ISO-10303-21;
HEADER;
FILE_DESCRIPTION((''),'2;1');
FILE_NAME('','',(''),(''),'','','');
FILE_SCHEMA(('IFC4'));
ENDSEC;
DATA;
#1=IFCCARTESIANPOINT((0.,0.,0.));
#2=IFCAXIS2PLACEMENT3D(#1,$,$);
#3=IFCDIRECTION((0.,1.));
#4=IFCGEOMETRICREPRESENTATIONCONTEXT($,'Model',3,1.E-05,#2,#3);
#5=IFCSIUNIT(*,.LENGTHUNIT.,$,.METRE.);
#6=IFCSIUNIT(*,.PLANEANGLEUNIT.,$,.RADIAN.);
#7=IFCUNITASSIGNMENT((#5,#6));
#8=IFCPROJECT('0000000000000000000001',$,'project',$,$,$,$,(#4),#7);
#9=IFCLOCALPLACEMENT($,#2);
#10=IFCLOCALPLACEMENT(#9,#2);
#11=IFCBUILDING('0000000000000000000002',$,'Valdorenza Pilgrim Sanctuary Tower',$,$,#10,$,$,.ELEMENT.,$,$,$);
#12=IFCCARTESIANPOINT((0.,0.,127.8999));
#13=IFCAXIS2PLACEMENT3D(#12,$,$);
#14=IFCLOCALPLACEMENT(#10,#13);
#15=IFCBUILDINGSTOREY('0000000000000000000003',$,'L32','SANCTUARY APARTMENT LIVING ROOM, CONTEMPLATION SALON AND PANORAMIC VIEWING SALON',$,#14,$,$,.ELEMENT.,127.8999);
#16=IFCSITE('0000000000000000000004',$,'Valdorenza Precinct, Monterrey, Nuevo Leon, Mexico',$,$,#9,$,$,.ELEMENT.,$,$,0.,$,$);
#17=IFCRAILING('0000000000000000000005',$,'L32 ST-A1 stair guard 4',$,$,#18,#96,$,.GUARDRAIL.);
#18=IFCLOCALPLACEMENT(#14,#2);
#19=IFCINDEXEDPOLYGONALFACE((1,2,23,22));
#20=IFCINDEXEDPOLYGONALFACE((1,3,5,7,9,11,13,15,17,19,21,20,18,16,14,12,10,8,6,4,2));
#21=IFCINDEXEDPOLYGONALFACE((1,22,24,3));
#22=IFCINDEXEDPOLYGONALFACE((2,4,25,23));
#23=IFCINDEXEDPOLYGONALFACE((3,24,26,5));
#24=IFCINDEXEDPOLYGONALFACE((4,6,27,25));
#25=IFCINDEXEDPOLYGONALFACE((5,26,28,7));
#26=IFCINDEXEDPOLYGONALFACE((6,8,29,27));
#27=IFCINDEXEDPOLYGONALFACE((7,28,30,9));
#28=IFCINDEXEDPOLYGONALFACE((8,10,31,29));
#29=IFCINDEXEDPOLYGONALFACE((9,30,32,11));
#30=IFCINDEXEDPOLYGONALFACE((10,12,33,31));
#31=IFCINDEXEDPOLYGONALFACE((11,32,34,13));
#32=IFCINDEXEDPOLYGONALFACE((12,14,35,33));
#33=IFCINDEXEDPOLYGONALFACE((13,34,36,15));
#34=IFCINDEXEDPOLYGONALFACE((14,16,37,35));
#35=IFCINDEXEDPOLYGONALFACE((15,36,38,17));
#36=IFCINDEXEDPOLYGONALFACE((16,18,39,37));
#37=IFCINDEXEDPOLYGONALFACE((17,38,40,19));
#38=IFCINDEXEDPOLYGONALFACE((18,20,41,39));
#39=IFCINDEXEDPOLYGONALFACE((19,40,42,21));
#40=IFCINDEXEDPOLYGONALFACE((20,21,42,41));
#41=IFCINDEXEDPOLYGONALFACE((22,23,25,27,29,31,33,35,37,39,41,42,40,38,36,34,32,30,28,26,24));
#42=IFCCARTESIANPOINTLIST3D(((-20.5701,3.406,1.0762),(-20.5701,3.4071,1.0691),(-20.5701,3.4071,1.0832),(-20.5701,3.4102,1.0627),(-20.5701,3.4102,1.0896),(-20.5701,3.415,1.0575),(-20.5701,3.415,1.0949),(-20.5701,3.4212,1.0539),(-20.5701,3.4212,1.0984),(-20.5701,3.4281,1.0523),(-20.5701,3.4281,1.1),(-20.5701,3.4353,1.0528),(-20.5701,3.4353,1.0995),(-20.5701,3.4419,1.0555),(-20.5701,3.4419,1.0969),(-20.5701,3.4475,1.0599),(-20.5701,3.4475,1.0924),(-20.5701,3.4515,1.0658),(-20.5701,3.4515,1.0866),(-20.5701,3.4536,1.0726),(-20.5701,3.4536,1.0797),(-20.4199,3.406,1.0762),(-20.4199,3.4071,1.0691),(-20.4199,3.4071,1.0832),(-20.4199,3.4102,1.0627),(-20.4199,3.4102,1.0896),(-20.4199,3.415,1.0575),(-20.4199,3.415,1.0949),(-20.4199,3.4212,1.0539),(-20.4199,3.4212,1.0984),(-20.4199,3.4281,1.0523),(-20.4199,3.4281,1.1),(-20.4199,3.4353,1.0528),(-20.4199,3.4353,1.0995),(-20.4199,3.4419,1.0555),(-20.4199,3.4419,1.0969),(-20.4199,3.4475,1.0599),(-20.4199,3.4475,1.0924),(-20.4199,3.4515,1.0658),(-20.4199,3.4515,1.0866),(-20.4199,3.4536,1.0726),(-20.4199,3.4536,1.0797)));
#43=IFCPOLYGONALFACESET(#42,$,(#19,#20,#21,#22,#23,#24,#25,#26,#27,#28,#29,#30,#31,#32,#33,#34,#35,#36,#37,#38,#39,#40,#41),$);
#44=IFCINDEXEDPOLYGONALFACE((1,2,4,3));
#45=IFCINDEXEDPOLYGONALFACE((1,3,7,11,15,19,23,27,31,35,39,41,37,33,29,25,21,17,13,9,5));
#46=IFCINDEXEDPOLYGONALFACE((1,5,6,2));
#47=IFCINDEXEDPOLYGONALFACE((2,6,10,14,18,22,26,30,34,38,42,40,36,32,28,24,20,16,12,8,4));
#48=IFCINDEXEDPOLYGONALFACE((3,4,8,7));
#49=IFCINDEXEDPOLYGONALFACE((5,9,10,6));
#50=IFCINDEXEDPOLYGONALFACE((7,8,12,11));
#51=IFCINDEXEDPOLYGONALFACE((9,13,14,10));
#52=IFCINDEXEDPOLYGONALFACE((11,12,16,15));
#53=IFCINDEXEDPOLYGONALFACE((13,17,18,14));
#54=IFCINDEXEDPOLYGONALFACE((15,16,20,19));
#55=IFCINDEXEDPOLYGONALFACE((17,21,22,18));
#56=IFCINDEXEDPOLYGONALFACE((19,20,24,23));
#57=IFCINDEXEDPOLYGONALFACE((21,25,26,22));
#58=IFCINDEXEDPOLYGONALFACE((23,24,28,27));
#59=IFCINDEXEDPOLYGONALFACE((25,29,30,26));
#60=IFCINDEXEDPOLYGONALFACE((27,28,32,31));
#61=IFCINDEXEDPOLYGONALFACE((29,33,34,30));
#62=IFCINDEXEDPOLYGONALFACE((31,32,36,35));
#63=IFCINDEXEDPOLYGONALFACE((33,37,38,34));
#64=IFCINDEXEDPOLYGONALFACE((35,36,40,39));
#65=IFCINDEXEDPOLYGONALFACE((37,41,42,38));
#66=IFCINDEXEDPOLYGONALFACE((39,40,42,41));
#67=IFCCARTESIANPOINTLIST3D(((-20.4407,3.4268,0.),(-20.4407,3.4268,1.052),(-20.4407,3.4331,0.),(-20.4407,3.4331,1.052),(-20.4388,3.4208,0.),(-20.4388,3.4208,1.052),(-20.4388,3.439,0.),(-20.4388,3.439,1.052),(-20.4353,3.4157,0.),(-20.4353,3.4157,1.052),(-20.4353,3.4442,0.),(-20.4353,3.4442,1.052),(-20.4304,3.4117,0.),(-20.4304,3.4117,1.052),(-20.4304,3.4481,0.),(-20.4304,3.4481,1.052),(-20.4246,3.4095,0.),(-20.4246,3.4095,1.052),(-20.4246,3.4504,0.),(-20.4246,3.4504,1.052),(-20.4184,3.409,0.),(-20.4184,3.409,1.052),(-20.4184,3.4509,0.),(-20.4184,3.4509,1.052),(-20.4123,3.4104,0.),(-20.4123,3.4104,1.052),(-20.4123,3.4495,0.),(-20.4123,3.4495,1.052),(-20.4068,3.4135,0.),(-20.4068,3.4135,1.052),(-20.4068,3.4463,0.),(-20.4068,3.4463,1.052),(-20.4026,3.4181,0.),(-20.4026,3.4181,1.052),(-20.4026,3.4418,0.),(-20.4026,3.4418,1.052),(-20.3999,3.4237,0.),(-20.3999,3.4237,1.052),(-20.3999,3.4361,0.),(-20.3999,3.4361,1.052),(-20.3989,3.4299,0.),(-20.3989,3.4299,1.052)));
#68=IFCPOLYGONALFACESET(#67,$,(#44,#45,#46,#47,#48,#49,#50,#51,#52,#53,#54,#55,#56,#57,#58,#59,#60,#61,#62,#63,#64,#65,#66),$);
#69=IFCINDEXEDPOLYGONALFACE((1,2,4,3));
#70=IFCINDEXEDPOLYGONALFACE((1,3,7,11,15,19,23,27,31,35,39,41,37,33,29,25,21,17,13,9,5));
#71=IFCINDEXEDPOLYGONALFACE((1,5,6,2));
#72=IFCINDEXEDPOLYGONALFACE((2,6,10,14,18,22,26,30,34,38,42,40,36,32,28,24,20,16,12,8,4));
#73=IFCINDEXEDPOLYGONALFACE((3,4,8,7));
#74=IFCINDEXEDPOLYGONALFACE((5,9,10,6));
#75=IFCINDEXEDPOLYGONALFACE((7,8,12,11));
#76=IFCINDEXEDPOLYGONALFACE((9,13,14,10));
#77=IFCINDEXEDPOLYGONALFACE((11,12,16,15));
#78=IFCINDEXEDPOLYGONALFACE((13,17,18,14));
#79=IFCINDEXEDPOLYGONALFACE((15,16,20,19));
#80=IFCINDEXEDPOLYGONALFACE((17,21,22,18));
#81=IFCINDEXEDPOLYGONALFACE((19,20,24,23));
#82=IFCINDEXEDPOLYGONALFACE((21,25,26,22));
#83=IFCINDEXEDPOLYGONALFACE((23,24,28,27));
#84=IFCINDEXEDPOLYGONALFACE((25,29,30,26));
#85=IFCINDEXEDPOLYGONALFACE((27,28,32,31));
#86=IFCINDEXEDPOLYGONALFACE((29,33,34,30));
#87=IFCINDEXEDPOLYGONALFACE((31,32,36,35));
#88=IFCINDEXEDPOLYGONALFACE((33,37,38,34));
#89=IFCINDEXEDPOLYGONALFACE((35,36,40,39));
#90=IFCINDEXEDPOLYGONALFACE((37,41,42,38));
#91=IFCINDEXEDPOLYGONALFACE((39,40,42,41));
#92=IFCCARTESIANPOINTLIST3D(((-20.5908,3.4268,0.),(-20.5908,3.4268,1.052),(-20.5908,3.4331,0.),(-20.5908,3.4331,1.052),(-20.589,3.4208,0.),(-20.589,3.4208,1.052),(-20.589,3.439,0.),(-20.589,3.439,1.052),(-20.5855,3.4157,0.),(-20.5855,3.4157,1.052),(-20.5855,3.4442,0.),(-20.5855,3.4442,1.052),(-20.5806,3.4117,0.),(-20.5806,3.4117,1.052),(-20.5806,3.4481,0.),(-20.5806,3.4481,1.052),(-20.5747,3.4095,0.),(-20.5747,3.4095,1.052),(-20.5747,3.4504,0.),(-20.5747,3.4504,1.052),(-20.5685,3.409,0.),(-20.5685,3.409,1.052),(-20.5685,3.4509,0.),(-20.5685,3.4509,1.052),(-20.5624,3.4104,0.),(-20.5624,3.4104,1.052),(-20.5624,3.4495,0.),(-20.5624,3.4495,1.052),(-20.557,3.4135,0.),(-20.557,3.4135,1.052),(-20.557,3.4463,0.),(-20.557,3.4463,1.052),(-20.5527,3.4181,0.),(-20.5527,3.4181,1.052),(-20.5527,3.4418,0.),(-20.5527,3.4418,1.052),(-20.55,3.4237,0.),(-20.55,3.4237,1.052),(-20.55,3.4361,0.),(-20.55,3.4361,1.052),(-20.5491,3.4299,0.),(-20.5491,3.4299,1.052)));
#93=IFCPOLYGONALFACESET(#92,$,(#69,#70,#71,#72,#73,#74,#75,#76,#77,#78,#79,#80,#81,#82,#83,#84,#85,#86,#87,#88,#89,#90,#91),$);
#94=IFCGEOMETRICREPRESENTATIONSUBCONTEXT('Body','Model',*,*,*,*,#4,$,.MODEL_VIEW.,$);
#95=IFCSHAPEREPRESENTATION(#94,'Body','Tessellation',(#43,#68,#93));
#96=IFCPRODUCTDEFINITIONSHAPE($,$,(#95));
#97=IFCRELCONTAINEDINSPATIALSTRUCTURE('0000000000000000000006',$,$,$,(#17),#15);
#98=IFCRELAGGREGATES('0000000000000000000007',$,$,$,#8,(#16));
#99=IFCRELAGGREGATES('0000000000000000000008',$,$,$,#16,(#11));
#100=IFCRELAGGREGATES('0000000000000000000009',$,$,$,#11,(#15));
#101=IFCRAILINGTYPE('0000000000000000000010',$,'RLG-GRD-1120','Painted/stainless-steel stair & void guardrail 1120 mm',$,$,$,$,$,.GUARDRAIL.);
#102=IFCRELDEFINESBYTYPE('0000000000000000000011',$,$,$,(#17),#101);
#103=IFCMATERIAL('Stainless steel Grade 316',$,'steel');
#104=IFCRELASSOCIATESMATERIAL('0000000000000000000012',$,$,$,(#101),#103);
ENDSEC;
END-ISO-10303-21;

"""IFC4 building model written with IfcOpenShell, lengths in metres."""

from ifc_helpers import new_model, si_unit, direction, frame, origin, origin_2d, place, context, subcontext, project, spatial, circle, extrude, material, type_object, element, save


model = new_model("IFC4")

# Units and contexts
model_context = context("Model", 3, precision=1e-05, world=origin(), true_north=direction((0.0, 1.0)))
body_context = subcontext(model_context, "Body", "Model", "MODEL_VIEW")
ifc_project = project(units=[si_unit("LENGTHUNIT", "METRE"), si_unit("PLANEANGLEUNIT", "RADIAN")], contexts=[model_context])

# Site, building, storey
site_placement = place(None, origin())
site = spatial("IfcSite", under=ifc_project, at=site_placement, Name="Valdorenza Precinct, Monterrey, Nuevo Leon, Mexico", CompositionType="ELEMENT", RefElevation=0.0)
building_placement = place(site_placement, origin())
building = spatial("IfcBuilding", under=site, at=building_placement, Name="Valdorenza Pilgrim Sanctuary Tower", CompositionType="ELEMENT")
storey_placement = place(building_placement, frame((0.0, 0.0, 127.8999)))
storey = spatial("IfcBuildingStorey", under=building, at=storey_placement, Name="L32", Description="SANCTUARY APARTMENT LIVING ROOM, CONTEMPLATION SALON AND PANORAMIC VIEWING SALON", CompositionType="ELEMENT", Elevation=127.8999)

# Railing
ifc_material_1 = material(Name="Stainless steel Grade 316", Category="steel")
railing_type_1 = type_object("IfcRailingType", Name="RLG-GRD-1120", Description="Painted/stainless-steel stair & void guardrail 1120 mm", PredefinedType="GUARDRAIL", material=ifc_material_1)
railing_1_placement = place(storey_placement, frame((-20.4199, 3.4299, 0.0)))
element("IfcRailing", 1, at=railing_1_placement, inside=storey, type_object=railing_type_1, Name="L32 ST-A1 stair guard 4", PredefinedType="GUARDRAIL", context=body_context, shape_type="SweptSolid", body=[
    extrude(circle(Radius=0.0239, at=origin_2d()), frame((0.0, 0.0, 1.0762), z_axis=(-1.0, 0.0, 0.0), x_axis=(0.0, -1.0, 0.0)), (0.0, 0.0, 1.0), 0.1501),
    extrude(circle(Radius=0.021, at=origin_2d()), origin(), (0.0, 0.0, 1.0), 1.052),
    extrude(circle(Radius=0.021, at=origin_2d()), frame((-0.1501, 0.0, 0.0)), (0.0, 0.0, 1.0), 1.052),
])

save(model, "model.ifc")
